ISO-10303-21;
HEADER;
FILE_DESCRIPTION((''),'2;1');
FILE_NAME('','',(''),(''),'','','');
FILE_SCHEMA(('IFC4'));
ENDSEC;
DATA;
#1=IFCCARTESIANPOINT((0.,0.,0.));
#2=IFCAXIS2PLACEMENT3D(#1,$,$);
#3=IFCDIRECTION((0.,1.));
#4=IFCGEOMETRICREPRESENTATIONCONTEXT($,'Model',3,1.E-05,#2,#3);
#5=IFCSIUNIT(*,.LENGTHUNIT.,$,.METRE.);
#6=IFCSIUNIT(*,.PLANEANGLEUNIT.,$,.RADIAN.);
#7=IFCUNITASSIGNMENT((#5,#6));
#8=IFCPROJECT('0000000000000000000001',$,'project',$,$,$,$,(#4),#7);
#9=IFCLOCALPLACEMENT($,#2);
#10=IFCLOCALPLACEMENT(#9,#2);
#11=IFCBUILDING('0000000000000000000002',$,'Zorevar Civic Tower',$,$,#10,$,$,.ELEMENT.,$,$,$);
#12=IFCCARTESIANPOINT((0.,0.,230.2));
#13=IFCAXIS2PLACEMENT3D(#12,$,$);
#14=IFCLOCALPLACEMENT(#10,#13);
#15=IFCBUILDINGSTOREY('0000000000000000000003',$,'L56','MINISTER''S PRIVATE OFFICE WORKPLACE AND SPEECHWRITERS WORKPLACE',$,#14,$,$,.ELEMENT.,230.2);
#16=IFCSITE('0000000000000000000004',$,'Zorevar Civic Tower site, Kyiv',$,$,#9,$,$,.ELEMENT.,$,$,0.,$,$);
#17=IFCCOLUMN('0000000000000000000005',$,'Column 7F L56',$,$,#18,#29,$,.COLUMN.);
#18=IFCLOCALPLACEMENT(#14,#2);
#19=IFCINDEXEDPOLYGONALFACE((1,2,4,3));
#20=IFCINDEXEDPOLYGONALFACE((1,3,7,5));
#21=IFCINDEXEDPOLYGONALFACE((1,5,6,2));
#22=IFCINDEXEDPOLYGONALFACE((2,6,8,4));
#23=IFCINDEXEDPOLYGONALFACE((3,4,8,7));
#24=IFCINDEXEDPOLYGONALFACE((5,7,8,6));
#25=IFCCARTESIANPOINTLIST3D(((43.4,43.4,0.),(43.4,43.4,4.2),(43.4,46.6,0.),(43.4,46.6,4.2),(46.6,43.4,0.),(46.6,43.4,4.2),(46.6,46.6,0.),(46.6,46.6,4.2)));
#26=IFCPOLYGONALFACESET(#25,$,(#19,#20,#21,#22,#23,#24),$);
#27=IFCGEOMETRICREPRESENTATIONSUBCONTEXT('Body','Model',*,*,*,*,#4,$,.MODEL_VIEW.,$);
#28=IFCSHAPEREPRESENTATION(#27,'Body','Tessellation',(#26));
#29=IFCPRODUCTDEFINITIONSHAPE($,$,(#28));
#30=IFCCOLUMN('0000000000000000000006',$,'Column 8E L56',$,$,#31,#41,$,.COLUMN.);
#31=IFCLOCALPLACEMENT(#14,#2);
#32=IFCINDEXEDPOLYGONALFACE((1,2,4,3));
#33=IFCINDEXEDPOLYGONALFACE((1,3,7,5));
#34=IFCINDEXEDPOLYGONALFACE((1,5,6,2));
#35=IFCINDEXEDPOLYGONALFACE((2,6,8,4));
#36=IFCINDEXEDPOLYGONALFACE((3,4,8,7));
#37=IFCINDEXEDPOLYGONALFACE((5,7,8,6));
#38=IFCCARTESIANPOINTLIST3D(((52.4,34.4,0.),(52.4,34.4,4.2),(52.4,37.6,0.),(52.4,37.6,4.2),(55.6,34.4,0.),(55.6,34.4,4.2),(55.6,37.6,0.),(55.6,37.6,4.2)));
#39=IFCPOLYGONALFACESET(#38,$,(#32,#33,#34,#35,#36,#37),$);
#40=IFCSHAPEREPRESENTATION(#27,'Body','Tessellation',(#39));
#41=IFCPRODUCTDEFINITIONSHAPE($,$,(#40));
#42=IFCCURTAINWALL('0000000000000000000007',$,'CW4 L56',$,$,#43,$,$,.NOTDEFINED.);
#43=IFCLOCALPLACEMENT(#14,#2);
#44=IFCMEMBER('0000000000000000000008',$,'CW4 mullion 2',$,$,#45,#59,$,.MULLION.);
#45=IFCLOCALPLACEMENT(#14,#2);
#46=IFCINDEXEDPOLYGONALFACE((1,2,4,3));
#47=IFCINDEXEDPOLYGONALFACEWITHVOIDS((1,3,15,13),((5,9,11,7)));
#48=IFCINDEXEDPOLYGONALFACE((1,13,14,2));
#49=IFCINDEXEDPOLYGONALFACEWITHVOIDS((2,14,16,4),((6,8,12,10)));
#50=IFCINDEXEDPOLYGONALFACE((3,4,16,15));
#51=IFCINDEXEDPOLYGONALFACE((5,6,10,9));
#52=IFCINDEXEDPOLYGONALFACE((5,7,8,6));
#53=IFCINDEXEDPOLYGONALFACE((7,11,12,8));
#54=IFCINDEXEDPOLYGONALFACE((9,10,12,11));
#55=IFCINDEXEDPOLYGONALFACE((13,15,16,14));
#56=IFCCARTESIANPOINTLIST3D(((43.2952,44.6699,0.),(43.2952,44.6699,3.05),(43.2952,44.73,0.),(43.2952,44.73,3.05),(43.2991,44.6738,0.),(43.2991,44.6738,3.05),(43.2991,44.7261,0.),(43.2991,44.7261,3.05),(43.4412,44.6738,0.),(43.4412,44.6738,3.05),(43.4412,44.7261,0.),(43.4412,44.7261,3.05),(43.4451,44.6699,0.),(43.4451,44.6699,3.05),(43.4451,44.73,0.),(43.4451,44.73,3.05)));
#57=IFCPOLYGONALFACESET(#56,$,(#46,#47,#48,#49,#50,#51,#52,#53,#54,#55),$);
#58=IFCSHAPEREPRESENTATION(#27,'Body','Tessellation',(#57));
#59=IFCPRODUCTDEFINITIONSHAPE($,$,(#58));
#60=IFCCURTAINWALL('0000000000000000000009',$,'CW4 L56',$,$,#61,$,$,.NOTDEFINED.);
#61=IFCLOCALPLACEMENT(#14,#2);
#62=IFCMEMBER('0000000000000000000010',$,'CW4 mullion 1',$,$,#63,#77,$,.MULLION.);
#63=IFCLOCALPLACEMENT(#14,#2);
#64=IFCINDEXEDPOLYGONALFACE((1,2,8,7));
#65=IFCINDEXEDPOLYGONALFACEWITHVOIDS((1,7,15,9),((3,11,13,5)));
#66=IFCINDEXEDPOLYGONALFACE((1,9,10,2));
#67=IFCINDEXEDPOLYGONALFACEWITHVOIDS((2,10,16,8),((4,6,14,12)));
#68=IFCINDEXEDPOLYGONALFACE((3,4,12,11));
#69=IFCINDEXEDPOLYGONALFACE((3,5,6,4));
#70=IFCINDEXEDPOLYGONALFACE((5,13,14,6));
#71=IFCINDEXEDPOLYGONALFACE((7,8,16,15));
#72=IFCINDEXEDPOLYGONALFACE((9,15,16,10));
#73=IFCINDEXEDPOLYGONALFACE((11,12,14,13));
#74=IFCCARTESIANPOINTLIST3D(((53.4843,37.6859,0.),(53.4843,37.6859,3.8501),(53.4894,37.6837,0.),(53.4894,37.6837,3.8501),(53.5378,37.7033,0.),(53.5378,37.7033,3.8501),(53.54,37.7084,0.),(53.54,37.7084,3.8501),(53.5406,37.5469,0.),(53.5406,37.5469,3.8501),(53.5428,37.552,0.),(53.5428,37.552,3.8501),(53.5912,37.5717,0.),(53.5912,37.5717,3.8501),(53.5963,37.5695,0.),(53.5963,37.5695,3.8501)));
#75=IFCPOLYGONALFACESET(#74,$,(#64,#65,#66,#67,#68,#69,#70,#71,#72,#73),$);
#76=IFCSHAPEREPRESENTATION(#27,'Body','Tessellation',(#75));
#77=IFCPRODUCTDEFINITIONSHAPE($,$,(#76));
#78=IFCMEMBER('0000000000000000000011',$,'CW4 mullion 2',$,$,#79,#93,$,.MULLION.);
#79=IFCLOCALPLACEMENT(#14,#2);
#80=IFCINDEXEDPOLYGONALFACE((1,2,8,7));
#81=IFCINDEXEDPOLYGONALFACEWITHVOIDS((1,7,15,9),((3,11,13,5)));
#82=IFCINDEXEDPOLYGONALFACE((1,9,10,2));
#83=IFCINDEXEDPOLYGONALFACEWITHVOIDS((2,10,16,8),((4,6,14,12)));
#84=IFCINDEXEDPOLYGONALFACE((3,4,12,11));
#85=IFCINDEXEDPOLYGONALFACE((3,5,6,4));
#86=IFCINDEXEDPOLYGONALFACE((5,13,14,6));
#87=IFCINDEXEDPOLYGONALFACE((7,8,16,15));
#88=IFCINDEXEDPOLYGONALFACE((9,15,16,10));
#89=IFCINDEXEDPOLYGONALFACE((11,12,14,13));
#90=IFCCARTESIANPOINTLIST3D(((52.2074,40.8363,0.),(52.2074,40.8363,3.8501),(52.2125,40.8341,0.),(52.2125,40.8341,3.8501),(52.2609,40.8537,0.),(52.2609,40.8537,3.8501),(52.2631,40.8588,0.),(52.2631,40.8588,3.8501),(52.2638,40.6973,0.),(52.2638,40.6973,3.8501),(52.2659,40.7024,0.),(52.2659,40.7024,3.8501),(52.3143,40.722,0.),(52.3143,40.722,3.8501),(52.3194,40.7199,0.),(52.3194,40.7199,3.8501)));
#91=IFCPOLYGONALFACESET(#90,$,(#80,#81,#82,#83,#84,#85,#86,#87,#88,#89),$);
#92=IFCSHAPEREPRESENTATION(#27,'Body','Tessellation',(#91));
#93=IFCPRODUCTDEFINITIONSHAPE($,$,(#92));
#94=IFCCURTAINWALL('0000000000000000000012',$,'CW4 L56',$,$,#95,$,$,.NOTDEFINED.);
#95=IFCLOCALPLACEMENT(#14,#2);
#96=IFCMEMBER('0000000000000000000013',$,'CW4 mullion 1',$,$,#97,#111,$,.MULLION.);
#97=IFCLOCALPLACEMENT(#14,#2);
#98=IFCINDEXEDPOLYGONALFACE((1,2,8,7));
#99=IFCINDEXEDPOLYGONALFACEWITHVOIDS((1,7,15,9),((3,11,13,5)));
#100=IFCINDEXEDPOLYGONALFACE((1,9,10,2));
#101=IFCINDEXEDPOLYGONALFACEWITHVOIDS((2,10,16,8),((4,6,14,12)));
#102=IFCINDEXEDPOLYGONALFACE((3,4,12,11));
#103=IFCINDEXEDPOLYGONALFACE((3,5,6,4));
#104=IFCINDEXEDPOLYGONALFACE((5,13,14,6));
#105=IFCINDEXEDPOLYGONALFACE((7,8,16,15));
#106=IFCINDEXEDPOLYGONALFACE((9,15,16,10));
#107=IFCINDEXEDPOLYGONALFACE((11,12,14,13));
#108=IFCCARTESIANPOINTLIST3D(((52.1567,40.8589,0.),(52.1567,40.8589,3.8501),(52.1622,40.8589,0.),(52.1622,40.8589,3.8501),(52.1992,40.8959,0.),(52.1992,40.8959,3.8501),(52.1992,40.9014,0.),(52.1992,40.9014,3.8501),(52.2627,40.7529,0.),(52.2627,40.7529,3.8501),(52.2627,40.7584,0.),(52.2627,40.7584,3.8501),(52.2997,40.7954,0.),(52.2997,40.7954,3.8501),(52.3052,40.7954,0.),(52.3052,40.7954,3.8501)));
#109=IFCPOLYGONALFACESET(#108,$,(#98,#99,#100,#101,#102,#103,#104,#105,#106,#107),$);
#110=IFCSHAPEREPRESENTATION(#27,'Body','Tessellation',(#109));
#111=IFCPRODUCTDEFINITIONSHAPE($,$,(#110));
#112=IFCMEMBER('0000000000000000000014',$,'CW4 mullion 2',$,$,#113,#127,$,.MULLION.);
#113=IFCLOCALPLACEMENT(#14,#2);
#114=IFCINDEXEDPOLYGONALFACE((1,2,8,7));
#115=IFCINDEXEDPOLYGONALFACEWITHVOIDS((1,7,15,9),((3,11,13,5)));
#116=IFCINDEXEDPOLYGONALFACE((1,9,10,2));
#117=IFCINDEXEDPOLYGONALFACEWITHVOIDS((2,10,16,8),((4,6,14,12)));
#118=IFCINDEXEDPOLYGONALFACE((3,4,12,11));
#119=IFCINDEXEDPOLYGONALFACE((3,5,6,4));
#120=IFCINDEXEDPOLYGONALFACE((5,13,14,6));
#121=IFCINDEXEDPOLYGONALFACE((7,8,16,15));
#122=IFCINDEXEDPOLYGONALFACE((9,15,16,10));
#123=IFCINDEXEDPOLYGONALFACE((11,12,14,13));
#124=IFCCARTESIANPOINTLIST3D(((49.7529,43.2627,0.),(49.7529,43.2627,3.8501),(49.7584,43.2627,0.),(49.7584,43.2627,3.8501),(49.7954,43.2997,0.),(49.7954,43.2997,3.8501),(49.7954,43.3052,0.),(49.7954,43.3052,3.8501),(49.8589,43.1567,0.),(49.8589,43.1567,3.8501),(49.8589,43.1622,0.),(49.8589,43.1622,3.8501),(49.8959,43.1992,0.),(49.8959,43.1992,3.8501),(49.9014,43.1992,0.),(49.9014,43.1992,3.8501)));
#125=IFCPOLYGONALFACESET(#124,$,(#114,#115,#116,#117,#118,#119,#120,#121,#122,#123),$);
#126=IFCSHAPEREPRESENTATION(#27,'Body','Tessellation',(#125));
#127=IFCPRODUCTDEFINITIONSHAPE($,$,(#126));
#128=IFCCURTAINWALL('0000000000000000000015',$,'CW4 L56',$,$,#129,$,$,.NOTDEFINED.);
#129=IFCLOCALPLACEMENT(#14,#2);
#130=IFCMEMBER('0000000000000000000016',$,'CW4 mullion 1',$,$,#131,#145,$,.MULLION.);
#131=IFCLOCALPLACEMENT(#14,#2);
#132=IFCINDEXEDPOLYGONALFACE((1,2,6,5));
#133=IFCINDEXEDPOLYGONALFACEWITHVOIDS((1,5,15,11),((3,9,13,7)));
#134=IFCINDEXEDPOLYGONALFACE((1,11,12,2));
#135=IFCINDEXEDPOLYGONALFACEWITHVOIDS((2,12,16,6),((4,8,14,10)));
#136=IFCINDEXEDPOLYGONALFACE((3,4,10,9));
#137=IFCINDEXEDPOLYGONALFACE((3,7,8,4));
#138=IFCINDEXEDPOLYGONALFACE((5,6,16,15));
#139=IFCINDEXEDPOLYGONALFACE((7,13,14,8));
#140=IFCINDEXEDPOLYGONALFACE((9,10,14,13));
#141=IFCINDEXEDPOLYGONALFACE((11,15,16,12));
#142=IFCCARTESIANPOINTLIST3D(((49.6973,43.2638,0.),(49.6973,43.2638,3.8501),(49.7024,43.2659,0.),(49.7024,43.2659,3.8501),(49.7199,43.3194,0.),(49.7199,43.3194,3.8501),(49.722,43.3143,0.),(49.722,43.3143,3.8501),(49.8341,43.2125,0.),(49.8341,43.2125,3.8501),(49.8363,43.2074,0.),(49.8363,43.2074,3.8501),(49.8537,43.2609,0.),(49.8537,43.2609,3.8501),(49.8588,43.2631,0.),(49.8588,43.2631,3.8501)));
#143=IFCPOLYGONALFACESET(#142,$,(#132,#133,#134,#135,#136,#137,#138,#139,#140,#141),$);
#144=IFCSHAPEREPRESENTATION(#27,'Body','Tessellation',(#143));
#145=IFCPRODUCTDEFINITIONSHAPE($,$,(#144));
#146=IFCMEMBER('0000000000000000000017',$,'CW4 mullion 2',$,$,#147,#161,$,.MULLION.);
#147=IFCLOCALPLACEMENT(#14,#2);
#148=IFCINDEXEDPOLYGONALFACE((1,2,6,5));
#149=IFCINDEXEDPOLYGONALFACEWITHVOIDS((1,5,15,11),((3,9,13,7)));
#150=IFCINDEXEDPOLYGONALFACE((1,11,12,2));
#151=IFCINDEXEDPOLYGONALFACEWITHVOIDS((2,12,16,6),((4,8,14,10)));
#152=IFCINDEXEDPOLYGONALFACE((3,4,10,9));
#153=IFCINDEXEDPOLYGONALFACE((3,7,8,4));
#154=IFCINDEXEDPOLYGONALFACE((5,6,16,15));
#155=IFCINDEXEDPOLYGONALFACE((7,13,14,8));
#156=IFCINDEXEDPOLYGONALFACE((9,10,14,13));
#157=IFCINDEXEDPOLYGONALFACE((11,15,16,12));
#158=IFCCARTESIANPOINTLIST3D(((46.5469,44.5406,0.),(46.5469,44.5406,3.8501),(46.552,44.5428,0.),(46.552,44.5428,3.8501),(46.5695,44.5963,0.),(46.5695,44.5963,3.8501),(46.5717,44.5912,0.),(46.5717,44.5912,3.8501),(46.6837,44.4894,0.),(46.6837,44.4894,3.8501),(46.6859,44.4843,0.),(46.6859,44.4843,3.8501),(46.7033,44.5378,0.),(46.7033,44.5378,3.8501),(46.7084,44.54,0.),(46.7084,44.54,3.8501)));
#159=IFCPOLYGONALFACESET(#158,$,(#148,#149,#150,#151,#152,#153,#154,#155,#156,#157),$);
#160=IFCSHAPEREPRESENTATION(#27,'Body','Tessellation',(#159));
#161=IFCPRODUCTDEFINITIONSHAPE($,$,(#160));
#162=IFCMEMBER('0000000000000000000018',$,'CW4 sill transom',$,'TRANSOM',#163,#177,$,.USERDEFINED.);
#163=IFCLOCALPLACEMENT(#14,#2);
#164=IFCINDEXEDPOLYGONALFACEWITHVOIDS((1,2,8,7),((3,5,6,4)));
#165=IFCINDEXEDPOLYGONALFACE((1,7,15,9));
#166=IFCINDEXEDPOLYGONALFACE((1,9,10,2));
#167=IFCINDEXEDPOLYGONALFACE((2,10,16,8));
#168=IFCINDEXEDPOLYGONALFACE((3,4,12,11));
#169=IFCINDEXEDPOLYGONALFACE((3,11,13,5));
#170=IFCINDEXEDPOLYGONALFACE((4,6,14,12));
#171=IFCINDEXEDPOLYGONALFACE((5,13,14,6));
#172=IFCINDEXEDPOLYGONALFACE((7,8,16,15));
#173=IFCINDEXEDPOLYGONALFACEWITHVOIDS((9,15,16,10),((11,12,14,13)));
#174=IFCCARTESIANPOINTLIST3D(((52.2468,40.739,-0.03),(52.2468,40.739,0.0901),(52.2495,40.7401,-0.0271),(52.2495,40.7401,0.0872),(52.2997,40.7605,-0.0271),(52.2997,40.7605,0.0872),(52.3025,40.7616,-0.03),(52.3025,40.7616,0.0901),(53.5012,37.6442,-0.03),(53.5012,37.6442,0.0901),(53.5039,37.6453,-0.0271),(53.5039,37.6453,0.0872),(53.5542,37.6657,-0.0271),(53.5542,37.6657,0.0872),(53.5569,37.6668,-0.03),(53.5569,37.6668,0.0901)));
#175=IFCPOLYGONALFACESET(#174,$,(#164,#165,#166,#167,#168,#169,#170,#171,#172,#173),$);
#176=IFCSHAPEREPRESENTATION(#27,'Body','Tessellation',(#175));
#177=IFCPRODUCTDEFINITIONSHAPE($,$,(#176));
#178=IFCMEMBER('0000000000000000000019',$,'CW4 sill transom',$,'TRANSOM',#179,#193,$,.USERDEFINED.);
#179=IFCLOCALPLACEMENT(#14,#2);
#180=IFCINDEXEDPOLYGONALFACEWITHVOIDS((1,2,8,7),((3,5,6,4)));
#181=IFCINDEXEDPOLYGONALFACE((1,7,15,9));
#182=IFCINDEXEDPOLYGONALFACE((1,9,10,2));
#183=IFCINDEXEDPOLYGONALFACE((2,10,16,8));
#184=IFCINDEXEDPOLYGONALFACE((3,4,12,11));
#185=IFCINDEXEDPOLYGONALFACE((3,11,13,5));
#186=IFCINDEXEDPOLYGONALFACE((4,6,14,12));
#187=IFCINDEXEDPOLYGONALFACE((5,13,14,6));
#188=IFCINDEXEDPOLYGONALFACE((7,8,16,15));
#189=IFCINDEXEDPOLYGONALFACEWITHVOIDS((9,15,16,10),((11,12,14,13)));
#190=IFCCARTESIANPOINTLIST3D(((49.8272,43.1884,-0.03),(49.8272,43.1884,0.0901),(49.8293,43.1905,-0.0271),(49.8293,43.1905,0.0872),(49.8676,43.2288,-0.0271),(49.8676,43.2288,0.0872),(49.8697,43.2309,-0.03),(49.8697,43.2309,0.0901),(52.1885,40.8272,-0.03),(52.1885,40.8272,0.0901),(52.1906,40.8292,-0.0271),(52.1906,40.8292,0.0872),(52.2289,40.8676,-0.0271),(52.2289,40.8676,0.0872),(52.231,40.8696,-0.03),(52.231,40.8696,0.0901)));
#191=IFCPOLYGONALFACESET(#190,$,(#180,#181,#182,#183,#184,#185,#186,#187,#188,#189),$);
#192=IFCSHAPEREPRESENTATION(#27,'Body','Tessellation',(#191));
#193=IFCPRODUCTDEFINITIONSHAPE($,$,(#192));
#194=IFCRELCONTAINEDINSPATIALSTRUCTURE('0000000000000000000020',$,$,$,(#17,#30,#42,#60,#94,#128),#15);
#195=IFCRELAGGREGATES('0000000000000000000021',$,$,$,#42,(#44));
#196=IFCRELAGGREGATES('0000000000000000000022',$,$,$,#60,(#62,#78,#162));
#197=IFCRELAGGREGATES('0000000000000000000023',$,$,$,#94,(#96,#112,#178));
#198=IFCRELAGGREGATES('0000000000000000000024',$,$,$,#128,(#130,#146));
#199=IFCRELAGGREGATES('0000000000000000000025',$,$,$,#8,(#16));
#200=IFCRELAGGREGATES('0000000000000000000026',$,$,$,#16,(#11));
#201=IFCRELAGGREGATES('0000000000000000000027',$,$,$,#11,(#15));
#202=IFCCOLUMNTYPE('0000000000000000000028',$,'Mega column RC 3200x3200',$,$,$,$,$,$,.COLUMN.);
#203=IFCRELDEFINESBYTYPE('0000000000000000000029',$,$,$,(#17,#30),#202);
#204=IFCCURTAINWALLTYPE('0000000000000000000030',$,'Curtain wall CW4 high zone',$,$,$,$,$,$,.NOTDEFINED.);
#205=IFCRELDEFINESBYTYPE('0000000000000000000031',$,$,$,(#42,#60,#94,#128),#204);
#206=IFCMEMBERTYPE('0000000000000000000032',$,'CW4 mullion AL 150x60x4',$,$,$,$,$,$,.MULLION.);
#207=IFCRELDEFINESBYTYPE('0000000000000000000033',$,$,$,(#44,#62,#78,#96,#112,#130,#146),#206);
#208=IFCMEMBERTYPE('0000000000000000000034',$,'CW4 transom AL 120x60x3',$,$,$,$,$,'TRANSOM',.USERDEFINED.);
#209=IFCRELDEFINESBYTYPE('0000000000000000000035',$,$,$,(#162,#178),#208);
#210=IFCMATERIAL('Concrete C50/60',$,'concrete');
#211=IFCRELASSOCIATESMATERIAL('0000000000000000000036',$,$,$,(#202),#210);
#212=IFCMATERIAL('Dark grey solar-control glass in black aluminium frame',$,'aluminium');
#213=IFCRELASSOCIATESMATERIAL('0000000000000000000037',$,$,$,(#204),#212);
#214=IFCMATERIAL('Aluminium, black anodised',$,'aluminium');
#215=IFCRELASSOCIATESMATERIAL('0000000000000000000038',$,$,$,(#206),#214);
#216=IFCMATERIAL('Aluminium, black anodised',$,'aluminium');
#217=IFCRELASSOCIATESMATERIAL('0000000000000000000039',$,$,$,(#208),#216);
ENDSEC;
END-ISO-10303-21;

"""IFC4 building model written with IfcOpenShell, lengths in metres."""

from ifc_helpers import new_model, si_unit, direction, frame, origin, origin_2d, place, context, subcontext, project, spatial, rectangle, hollow_rectangle, extrude, material, material_profile, profile_set, type_object, element, aggregate, save


model = new_model("IFC4")

# Units and contexts
model_context = context("Model", 3, precision=1e-05, world=origin(), true_north=direction((0.0, 1.0)))
body_context = subcontext(model_context, "Body", "Model", "MODEL_VIEW")
ifc_project = project(units=[si_unit("LENGTHUNIT", "METRE"), si_unit("PLANEANGLEUNIT", "RADIAN")], contexts=[model_context])

# Site, building, storey
site_placement = place(None, origin())
site = spatial("IfcSite", under=ifc_project, at=site_placement, Name="Zorevar Civic Tower site, Kyiv", CompositionType="ELEMENT", RefElevation=0.0)
building_placement = place(site_placement, origin())
building = spatial("IfcBuilding", under=site, at=building_placement, Name="Zorevar Civic Tower", CompositionType="ELEMENT")
storey_placement = place(building_placement, frame((0.0, 0.0, 230.2)))
storey = spatial("IfcBuildingStorey", under=building, at=storey_placement, Name="L56", Description="MINISTER'S PRIVATE OFFICE WORKPLACE AND SPEECHWRITERS WORKPLACE", CompositionType="ELEMENT", Elevation=230.2)

# Columns
ifc_material_1 = material(Name="Concrete C50/60", Category="concrete")
ifc_material_profile_1 = material_profile(ifc_material_1, rectangle(XDim=3.2, YDim=3.2, at=origin_2d()), Name="RC 3200x3200")
ifc_profile_set_1 = profile_set([ifc_material_profile_1], Name="Concrete C50/60")
column_type = type_object("IfcColumnType", Name="Mega column RC 3200x3200", PredefinedType="COLUMN", material=ifc_profile_set_1)
for number, where, z_axis, x_axis, name in (
    (1, (45.0, 45.0, 0.0), (0.0, 0.0, 1.0), (1.0, 0.0, 0.0), "Column 7F L56"),
    (2, (54.0, 36.0, 0.0), (0.0, 0.0, 1.0), (1.0, 0.0, 0.0), "Column 8E L56"),
):
    element("IfcColumn", number, at=place(storey_placement, frame(where, z_axis=z_axis, x_axis=x_axis)), inside=storey, type_object=column_type, Name=name, PredefinedType="COLUMN", context=body_context, shape_type="SweptSolid", body=[
        extrude(rectangle(XDim=3.2, YDim=3.2, at=origin_2d()), origin(), (0.0, 0.0, 1.0), 4.2),
    ])

# Curtain wall, member
ifc_material_2 = material(Name="Dark grey solar-control glass in black aluminium frame", Category="aluminium")
curtain_wall_type = type_object("IfcCurtainWallType", Name="Curtain wall CW4 high zone", PredefinedType="NOTDEFINED", material=ifc_material_2)
curtain_wall_1_placement = place(storey_placement, origin())
curtain_wall_1 = element("IfcCurtainWall", 3, at=curtain_wall_1_placement, inside=storey, type_object=curtain_wall_type, Name="CW4 L56", PredefinedType="NOTDEFINED")
ifc_material_3 = material(Name="Aluminium, black anodised", Category="aluminium")
ifc_material_profile_2 = material_profile(ifc_material_3, hollow_rectangle(XDim=0.0601, YDim=0.1499, WallThickness=0.0039, at=origin_2d()), Name="AL 150x60x4")
ifc_profile_set_2 = profile_set([ifc_material_profile_2], Name="Aluminium, black anodised")
member_type_1 = type_object("IfcMemberType", Name="CW4 mullion AL 150x60x4", PredefinedType="MULLION", material=ifc_profile_set_2)
member_1_placement = place(storey_placement, frame((43.3701, 44.7, 0.0), z_axis=(0.0, 0.0, 1.0), x_axis=(0.0, 1.0, 0.0)))
member_1 = element("IfcMember", 4, at=member_1_placement, type_object=member_type_1, Name="CW4 mullion 2", PredefinedType="MULLION", context=body_context, shape_type="SweptSolid", body=[
    extrude(hollow_rectangle(XDim=0.0601, YDim=0.1499, WallThickness=0.0039, at=origin_2d()), origin(), (0.0, 0.0, 1.0), 3.05),
])

# Curtain walls, members
curtain_wall_2_placement = place(storey_placement, origin())
curtain_wall_2 = element("IfcCurtainWall", 5, at=curtain_wall_2_placement, inside=storey, type_object=curtain_wall_type, Name="CW4 L56", PredefinedType="NOTDEFINED")
member_2_placement = place(storey_placement, frame((53.5403, 37.6277, 0.0), z_axis=(0.0, 0.0, 1.0), x_axis=(-0.926762, -0.37565, 0.0)))
member_2 = element("IfcMember", 6, at=member_2_placement, type_object=member_type_1, Name="CW4 mullion 1", PredefinedType="MULLION", context=body_context, shape_type="SweptSolid", body=[
    extrude(hollow_rectangle(XDim=0.0601, YDim=0.1499, WallThickness=0.0039, at=origin_2d()), origin(), (0.0, 0.0, 1.0), 3.8501),
])
member_3_placement = place(storey_placement, frame((52.2634, 40.7781, 0.0), z_axis=(0.0, 0.0, 1.0), x_axis=(-0.926762, -0.37565, 0.0)))
member_3 = element("IfcMember", 7, at=member_3_placement, type_object=member_type_1, Name="CW4 mullion 2", PredefinedType="MULLION", context=body_context, shape_type="SweptSolid", body=[
    extrude(hollow_rectangle(XDim=0.0601, YDim=0.1499, WallThickness=0.0039, at=origin_2d()), origin(), (0.0, 0.0, 1.0), 3.8501),
])
curtain_wall_3_placement = place(storey_placement, origin())
curtain_wall_3 = element("IfcCurtainWall", 8, at=curtain_wall_3_placement, inside=storey, type_object=curtain_wall_type, Name="CW4 L56", PredefinedType="NOTDEFINED")
member_4_placement = place(storey_placement, frame((52.231, 40.8271, 0.0), z_axis=(0.0, 0.0, 1.0), x_axis=(-0.707107, -0.707107, 0.0)))
member_4 = element("IfcMember", 9, at=member_4_placement, type_object=member_type_1, Name="CW4 mullion 1", PredefinedType="MULLION", context=body_context, shape_type="SweptSolid", body=[
    extrude(hollow_rectangle(XDim=0.0601, YDim=0.1499, WallThickness=0.0039, at=origin_2d()), origin(), (0.0, 0.0, 1.0), 3.8501),
])
member_5_placement = place(storey_placement, frame((49.8271, 43.231, 0.0), z_axis=(0.0, 0.0, 1.0), x_axis=(-0.707107, -0.707107, 0.0)))
member_5 = element("IfcMember", 10, at=member_5_placement, type_object=member_type_1, Name="CW4 mullion 2", PredefinedType="MULLION", context=body_context, shape_type="SweptSolid", body=[
    extrude(hollow_rectangle(XDim=0.0601, YDim=0.1499, WallThickness=0.0039, at=origin_2d()), origin(), (0.0, 0.0, 1.0), 3.8501),
])
curtain_wall_4_placement = place(storey_placement, origin())
curtain_wall_4 = element("IfcCurtainWall", 11, at=curtain_wall_4_placement, inside=storey, type_object=curtain_wall_type, Name="CW4 L56", PredefinedType="NOTDEFINED")
member_6_placement = place(storey_placement, frame((49.7781, 43.2634, 0.0), z_axis=(0.0, 0.0, 1.0), x_axis=(-0.37565, -0.926762, 0.0)))
member_6 = element("IfcMember", 12, at=member_6_placement, type_object=member_type_1, Name="CW4 mullion 1", PredefinedType="MULLION", context=body_context, shape_type="SweptSolid", body=[
    extrude(hollow_rectangle(XDim=0.0601, YDim=0.1499, WallThickness=0.0039, at=origin_2d()), origin(), (0.0, 0.0, 1.0), 3.8501),
])
member_7_placement = place(storey_placement, frame((46.6277, 44.5403, 0.0), z_axis=(0.0, 0.0, 1.0), x_axis=(-0.37565, -0.926762, 0.0)))
member_7 = element("IfcMember", 13, at=member_7_placement, type_object=member_type_1, Name="CW4 mullion 2", PredefinedType="MULLION", context=body_context, shape_type="SweptSolid", body=[
    extrude(hollow_rectangle(XDim=0.0601, YDim=0.1499, WallThickness=0.0039, at=origin_2d()), origin(), (0.0, 0.0, 1.0), 3.8501),
])

# Members
ifc_material_4 = material(Name="Aluminium, black anodised", Category="aluminium")
ifc_material_profile_3 = material_profile(ifc_material_4, hollow_rectangle(XDim=0.0601, YDim=0.1201, WallThickness=0.0029, at=origin_2d()), Name="AL 120x60x3")
ifc_profile_set_3 = profile_set([ifc_material_profile_3], Name="Aluminium, black anodised")
member_type_2 = type_object("IfcMemberType", Name="CW4 transom AL 120x60x3", ElementType="TRANSOM", PredefinedType="USERDEFINED", material=ifc_profile_set_3)
member_8_placement = place(storey_placement, frame((53.5291, 37.6555, 0.03), z_axis=(-0.375647, 0.926763, 0.0), x_axis=(-0.926763, -0.375647, 0.0)))
member_8 = element("IfcMember", 14, at=member_8_placement, type_object=member_type_2, Name="CW4 sill transom", ObjectType="TRANSOM", PredefinedType="USERDEFINED", context=body_context, shape_type="SweptSolid", body=[
    extrude(hollow_rectangle(XDim=0.0601, YDim=0.1201, WallThickness=0.0029, at=origin_2d()), origin(), (0.0, 0.0, 1.0), 3.3394),
])
member_9_placement = place(storey_placement, frame((52.2097, 40.8484, 0.03), z_axis=(-0.707107, 0.707107, 0.0), x_axis=(-0.707107, -0.707107, 0.0)))
member_9 = element("IfcMember", 15, at=member_9_placement, type_object=member_type_2, Name="CW4 sill transom", ObjectType="TRANSOM", PredefinedType="USERDEFINED", context=body_context, shape_type="SweptSolid", body=[
    extrude(hollow_rectangle(XDim=0.0601, YDim=0.1201, WallThickness=0.0029, at=origin_2d()), origin(), (0.0, 0.0, 1.0), 3.3394),
])

aggregate(curtain_wall_1, [member_1])
aggregate(curtain_wall_2, [member_2, member_3, member_8])
aggregate(curtain_wall_3, [member_4, member_5, member_9])
aggregate(curtain_wall_4, [member_6, member_7])

save(model, "model.ifc")
